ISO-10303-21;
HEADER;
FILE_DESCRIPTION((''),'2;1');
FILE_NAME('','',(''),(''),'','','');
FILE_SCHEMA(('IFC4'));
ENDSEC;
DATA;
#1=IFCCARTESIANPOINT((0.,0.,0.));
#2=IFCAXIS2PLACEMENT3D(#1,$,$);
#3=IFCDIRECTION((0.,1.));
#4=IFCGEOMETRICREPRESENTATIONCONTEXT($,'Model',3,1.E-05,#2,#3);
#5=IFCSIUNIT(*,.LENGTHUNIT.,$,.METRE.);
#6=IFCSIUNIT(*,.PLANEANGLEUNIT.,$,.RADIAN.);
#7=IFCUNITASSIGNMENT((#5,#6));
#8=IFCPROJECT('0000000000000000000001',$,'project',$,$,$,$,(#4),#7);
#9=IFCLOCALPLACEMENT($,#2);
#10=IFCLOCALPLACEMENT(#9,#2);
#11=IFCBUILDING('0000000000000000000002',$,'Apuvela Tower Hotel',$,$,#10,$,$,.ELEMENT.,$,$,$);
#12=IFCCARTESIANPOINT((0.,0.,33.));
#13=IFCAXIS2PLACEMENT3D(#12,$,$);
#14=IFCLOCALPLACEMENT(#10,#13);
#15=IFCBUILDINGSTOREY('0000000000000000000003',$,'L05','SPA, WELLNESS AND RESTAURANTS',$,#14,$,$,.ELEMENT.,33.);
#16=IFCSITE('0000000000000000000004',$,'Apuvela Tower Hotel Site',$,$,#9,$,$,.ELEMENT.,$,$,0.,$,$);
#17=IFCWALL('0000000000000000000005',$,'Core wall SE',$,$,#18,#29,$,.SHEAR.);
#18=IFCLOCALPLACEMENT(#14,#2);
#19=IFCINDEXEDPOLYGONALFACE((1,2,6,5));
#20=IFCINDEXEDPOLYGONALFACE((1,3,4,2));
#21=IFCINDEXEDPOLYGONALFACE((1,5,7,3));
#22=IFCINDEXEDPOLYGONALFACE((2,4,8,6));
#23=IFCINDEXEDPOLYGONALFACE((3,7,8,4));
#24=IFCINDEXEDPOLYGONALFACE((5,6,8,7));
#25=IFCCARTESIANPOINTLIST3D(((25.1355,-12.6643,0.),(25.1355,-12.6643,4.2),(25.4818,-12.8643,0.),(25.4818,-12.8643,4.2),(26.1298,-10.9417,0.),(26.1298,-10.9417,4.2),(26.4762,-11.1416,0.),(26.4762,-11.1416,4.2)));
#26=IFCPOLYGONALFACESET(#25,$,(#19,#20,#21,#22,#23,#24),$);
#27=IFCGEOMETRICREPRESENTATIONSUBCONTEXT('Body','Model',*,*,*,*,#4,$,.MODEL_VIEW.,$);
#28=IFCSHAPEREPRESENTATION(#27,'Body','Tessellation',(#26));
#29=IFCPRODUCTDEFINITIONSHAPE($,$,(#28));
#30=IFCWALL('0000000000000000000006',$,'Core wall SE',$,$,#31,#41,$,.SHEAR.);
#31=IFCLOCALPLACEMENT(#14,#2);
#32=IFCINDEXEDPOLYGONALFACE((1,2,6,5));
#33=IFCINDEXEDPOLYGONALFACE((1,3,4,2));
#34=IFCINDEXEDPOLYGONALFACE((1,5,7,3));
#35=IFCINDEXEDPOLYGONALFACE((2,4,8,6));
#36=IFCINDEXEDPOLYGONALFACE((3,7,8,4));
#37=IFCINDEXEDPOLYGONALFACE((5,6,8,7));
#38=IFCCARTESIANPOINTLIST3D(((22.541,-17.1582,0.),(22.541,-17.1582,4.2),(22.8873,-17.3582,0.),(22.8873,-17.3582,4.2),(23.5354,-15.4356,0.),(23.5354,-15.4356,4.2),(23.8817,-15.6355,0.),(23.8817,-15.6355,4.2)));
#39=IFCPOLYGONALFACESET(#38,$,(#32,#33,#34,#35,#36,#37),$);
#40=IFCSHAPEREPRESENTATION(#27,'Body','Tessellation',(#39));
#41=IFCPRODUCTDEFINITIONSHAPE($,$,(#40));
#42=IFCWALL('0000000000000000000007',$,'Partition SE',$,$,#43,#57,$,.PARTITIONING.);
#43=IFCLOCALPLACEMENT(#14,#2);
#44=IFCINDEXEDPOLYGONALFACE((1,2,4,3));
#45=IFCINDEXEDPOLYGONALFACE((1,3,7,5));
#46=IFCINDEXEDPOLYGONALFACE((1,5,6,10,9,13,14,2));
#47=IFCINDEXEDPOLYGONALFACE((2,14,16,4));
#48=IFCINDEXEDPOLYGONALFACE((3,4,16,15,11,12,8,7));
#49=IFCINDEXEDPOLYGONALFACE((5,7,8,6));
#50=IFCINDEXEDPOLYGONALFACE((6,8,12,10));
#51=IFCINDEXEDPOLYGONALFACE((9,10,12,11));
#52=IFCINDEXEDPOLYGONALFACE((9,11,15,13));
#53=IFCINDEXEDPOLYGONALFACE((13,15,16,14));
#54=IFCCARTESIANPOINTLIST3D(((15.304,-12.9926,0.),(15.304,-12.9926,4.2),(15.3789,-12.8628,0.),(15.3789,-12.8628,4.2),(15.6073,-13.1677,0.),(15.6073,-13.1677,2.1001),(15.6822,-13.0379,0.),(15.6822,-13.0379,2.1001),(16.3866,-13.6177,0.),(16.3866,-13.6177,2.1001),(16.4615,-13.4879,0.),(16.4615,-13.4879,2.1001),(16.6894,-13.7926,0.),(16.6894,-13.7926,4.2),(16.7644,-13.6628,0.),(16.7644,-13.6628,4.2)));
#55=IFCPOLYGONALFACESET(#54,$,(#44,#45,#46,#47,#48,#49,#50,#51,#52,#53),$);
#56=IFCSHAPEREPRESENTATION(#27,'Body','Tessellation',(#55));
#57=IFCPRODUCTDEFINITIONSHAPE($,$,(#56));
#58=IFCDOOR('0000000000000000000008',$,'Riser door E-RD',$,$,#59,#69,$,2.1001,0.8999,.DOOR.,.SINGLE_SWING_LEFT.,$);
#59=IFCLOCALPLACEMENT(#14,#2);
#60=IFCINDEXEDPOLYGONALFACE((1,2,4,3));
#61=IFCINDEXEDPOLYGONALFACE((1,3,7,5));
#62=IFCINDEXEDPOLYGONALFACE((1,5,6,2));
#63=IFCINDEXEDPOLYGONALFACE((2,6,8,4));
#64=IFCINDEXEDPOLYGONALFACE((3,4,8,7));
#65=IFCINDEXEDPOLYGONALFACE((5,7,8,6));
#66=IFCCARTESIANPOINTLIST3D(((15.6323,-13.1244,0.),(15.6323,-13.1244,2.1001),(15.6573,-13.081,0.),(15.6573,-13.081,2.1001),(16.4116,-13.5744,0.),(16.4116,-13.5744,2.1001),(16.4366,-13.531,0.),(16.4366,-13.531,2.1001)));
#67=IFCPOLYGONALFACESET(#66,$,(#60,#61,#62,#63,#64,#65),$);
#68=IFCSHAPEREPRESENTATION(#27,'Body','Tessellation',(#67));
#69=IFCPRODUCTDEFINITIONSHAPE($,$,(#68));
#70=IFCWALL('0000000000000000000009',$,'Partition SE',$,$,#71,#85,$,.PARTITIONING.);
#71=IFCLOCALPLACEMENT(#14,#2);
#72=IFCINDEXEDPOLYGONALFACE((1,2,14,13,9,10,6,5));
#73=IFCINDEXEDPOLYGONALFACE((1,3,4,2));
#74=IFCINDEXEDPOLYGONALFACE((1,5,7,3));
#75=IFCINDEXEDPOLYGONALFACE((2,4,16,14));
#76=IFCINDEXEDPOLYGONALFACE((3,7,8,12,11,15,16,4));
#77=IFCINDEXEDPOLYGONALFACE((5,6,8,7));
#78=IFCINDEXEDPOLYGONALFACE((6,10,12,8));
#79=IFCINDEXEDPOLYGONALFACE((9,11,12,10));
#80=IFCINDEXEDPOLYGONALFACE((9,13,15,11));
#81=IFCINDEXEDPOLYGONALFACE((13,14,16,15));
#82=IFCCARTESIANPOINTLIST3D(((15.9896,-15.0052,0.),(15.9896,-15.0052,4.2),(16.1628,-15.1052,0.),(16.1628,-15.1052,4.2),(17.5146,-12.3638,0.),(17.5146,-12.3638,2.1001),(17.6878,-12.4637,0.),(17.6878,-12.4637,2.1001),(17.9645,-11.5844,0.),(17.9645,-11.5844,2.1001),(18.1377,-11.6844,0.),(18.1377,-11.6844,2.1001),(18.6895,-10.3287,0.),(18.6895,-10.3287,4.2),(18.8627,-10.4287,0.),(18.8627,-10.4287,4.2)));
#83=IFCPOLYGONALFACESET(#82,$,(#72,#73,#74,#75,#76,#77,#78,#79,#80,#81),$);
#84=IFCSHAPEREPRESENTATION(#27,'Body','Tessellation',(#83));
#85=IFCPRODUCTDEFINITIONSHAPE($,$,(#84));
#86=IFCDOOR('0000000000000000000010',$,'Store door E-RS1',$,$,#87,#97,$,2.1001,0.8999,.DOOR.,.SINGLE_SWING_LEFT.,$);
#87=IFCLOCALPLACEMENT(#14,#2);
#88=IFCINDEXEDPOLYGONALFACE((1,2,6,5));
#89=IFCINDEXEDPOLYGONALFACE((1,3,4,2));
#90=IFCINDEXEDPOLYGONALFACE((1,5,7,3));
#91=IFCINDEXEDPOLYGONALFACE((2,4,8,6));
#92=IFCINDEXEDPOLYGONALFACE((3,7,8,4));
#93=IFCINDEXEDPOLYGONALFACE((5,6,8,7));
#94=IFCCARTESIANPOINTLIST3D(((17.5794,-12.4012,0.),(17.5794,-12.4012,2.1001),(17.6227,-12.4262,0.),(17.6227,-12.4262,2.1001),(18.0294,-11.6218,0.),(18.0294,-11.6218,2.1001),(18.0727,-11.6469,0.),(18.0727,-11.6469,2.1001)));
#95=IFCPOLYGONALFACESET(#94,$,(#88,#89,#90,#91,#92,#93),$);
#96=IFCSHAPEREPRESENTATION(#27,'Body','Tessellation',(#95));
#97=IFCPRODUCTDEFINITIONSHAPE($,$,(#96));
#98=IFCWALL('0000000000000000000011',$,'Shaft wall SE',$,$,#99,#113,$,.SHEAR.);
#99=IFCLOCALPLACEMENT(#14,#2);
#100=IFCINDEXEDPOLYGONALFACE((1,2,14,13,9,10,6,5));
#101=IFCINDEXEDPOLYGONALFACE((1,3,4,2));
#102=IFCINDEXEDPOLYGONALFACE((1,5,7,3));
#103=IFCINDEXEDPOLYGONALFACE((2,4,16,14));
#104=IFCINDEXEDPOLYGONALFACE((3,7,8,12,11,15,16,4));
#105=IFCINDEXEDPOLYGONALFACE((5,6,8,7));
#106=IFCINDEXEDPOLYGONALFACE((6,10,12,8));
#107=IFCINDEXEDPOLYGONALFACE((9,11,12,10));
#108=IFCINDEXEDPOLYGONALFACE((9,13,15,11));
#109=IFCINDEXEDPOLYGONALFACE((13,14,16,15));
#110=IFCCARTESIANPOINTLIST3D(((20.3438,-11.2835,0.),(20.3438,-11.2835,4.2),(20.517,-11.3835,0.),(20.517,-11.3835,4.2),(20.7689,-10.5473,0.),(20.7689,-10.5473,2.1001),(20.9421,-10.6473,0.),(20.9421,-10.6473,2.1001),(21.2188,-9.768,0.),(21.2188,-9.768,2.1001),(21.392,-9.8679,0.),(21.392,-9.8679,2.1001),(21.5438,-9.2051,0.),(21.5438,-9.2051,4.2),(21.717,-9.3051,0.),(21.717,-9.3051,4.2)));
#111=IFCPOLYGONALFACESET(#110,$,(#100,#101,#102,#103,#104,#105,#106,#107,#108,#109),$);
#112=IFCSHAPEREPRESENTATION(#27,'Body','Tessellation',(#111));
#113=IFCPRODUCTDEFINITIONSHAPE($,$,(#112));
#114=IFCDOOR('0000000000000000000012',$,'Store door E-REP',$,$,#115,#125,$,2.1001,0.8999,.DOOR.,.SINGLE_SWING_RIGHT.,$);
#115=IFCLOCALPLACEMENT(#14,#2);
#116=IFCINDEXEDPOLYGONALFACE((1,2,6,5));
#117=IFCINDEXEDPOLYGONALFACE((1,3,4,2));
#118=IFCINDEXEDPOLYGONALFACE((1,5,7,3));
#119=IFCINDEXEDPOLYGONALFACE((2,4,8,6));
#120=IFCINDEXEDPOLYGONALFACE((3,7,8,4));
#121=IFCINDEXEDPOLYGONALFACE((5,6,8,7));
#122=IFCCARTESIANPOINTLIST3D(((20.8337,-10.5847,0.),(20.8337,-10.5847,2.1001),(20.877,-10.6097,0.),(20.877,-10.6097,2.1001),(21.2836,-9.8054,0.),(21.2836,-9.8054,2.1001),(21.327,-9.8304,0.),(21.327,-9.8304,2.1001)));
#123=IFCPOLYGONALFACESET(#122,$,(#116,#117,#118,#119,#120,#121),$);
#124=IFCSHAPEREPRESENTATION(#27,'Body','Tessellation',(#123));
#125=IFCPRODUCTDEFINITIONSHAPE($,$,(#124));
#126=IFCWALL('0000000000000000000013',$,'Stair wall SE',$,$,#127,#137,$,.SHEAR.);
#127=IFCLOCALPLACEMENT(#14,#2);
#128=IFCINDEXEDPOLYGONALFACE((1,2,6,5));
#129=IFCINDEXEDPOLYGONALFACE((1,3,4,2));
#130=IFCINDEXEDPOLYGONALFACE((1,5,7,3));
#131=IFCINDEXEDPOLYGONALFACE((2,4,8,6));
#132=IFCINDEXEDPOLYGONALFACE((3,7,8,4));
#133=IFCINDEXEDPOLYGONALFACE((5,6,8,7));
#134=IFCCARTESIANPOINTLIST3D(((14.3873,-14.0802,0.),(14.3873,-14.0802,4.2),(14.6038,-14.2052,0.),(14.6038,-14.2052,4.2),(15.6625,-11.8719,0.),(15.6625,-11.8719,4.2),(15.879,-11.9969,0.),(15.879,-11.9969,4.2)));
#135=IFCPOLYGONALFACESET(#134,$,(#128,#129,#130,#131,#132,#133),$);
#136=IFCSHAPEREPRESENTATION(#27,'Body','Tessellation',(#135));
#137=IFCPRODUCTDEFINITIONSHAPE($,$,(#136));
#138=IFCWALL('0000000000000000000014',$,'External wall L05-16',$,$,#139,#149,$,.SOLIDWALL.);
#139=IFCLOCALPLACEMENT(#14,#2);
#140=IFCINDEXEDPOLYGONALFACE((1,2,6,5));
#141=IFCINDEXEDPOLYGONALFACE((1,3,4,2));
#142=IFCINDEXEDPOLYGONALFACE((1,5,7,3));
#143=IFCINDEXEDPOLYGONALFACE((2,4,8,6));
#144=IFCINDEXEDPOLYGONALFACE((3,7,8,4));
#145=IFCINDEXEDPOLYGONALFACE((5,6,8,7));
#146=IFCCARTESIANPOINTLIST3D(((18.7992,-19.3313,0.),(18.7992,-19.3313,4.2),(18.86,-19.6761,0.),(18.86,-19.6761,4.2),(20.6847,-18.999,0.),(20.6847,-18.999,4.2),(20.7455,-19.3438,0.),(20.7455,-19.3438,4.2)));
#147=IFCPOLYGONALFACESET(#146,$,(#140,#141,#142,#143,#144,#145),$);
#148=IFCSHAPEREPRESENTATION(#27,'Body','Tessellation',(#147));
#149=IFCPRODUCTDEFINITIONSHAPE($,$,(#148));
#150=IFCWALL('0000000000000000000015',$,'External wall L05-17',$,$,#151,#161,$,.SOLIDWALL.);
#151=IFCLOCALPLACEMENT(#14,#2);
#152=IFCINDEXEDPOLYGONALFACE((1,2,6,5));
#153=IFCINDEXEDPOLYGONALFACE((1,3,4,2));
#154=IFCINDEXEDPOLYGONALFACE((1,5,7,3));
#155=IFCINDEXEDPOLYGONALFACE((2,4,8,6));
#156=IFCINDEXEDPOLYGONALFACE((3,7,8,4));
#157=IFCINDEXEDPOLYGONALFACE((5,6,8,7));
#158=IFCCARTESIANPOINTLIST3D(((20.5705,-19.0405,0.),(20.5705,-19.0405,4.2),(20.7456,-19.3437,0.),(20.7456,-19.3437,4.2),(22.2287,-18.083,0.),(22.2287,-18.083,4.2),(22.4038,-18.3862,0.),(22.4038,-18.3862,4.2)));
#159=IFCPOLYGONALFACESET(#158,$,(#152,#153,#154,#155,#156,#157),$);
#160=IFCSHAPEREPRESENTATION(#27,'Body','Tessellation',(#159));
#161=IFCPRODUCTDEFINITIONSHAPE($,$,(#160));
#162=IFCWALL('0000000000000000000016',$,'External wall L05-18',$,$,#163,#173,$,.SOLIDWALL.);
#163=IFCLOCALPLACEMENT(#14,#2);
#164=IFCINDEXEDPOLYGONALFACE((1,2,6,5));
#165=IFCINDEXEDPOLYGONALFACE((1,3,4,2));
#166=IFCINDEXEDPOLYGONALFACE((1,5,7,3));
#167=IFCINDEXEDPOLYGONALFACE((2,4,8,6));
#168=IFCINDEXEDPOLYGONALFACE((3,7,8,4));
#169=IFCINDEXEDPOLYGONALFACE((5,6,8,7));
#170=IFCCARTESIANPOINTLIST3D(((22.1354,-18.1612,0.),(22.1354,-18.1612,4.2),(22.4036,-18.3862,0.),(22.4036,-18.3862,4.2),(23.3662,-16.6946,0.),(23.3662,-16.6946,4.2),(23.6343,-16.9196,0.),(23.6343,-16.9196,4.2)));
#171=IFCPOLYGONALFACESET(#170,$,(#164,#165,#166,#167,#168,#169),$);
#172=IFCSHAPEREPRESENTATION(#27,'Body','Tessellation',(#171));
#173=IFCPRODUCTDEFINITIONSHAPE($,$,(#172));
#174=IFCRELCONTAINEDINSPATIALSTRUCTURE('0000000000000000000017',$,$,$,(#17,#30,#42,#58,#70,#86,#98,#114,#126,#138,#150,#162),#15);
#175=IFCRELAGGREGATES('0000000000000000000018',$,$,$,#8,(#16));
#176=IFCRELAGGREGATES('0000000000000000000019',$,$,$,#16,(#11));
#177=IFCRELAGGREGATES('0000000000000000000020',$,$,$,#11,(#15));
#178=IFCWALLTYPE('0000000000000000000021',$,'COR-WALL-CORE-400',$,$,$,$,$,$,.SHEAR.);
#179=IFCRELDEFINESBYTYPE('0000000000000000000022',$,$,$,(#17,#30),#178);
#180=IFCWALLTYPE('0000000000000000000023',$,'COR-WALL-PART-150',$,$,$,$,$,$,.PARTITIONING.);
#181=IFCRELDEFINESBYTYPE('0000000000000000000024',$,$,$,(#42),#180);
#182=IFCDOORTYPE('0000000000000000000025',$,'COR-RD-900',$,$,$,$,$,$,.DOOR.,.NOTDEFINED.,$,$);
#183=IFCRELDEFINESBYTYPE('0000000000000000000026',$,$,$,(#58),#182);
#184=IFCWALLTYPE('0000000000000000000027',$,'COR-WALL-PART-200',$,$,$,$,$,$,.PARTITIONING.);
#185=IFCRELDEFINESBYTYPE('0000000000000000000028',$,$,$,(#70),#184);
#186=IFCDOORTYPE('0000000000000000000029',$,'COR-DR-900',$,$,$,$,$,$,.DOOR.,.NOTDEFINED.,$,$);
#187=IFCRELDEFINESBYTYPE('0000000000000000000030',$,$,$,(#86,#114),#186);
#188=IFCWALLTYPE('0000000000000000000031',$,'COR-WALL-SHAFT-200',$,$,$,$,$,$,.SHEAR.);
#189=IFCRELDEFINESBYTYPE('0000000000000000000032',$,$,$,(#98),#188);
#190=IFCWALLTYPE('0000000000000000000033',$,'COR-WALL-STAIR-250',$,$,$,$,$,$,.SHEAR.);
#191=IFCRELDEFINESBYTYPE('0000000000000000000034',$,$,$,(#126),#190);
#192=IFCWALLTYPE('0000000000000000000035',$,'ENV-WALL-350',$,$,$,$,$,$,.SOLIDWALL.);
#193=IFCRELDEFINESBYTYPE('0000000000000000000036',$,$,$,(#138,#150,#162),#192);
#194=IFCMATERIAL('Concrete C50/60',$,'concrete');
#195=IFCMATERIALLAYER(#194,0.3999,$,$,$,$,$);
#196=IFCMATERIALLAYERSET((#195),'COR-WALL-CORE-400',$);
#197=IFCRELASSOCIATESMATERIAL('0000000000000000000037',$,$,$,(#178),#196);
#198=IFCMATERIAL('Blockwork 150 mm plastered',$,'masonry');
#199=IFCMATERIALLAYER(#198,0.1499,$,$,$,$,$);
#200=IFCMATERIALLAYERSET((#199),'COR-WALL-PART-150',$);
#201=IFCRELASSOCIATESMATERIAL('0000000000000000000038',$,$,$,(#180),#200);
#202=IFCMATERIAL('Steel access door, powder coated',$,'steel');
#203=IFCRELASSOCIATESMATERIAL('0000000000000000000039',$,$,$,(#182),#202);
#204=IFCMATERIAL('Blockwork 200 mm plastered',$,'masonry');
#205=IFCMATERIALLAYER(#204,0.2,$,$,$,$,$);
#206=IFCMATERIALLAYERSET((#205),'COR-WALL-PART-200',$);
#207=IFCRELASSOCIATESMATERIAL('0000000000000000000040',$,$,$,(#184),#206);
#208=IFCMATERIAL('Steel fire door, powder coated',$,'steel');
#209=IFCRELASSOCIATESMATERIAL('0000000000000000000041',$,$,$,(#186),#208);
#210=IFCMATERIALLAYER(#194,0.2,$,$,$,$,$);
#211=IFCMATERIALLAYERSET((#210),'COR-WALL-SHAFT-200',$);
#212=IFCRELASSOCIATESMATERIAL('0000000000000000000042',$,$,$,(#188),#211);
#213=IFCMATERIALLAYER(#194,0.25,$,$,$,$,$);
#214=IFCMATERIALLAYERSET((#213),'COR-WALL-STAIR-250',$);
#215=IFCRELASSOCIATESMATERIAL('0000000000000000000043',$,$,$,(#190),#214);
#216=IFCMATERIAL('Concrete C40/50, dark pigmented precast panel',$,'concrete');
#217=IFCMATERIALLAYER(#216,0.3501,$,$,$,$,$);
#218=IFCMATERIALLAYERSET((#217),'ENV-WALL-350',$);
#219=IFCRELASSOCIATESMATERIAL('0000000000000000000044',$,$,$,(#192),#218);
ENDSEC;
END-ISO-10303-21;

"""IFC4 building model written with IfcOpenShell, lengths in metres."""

from ifc_helpers import new_model, si_unit, direction, frame, frame_2d, origin, place, context, subcontext, project, spatial, rectangle, extrude, material, layer, layer_set, type_object, element, fill, save


model = new_model("IFC4")

# Units and contexts
model_context = context("Model", 3, precision=1e-05, world=origin(), true_north=direction((0.0, 1.0)))
body_context = subcontext(model_context, "Body", "Model", "MODEL_VIEW")
ifc_project = project(units=[si_unit("LENGTHUNIT", "METRE"), si_unit("PLANEANGLEUNIT", "RADIAN")], contexts=[model_context])

# Site, building, storey
site_placement = place(None, origin())
site = spatial("IfcSite", under=ifc_project, at=site_placement, Name="Apuvela Tower Hotel Site", CompositionType="ELEMENT", RefElevation=0.0)
building_placement = place(site_placement, origin())
building = spatial("IfcBuilding", under=site, at=building_placement, Name="Apuvela Tower Hotel", CompositionType="ELEMENT")
storey_placement = place(building_placement, frame((0.0, 0.0, 33.0)))
storey = spatial("IfcBuildingStorey", under=building, at=storey_placement, Name="L05", Description="SPA, WELLNESS AND RESTAURANTS", CompositionType="ELEMENT", Elevation=33.0)

# Walls
ifc_material_1 = material(Name="Concrete C50/60", Category="concrete")
ifc_layer_1 = layer(ifc_material_1, 0.3999)
ifc_layer_set_1 = layer_set([ifc_layer_1], Name="COR-WALL-CORE-400")
wall_type_1 = type_object("IfcWallType", Name="COR-WALL-CORE-400", PredefinedType="SHEAR", material=ifc_layer_set_1)
for number, where, z_axis, x_axis, name in (
    (1, (25.3086, -12.7644, 0.0), (0.0, 0.0, 1.0), (0.499928, 0.866067, 0.0), "Core wall SE"),
    (2, (22.7141, -17.2583, 0.0), (0.0, 0.0, 1.0), (0.499928, 0.866067, 0.0), "Core wall SE"),
):
    element("IfcWall", number, at=place(storey_placement, frame(where, z_axis=z_axis, x_axis=x_axis)), inside=storey, type_object=wall_type_1, Name=name, PredefinedType="SHEAR", context=body_context, shape_type="SweptSolid", body=[
        extrude(rectangle(XDim=1.989, YDim=0.3999, at=frame_2d((0.9946, 0.0))), origin(), (0.0, 0.0, 1.0), 4.2),
    ])

# Walls, openings, doors
ifc_material_2 = material(Name="Blockwork 150 mm plastered", Category="masonry")
ifc_layer_2 = layer(ifc_material_2, 0.1499)
ifc_layer_set_2 = layer_set([ifc_layer_2], Name="COR-WALL-PART-150")
wall_type_2 = type_object("IfcWallType", Name="COR-WALL-PART-150", PredefinedType="PARTITIONING", material=ifc_layer_set_2)
wall_1_placement = place(storey_placement, frame((15.3416, -12.9277, 0.0), z_axis=(0.0, 0.0, 1.0), x_axis=(0.86599, -0.500061, 0.0)))
wall_1 = element("IfcWall", 3, at=wall_1_placement, inside=storey, type_object=wall_type_2, Name="Partition SE", PredefinedType="PARTITIONING", context=body_context, shape_type="SweptSolid", body=[
    extrude(rectangle(XDim=1.5999, YDim=0.1499, at=frame_2d((0.7998, 0.0))), origin(), (0.0, 0.0, 1.0), 4.2),
])
opening_1_placement = place(wall_1_placement, frame((0.3501, 0.0, 0.0)))
opening_1 = element("IfcOpeningElement", 4, at=opening_1_placement, cuts=wall_1, PredefinedType="OPENING", context=body_context, shape_type="SweptSolid", body=[
    extrude(rectangle(XDim=0.8999, YDim=2.1001, at=frame_2d((0.45, 1.05))), frame((0.0, 0.085, 0.0), z_axis=(0.0, -1.0, 0.0), x_axis=(1.0, 0.0, 0.0)), (0.0, 0.0, 1.0), 0.1699),
])
ifc_material_3 = material(Name="Steel access door, powder coated", Category="steel")
door_type_1 = type_object("IfcDoorType", Name="COR-RD-900", OperationType="NOTDEFINED", PredefinedType="DOOR", material=ifc_material_3)
door_1_placement = place(opening_1_placement, frame((0.8999, 0.0, 0.0), z_axis=(0.0, 0.0, 1.0), x_axis=(-1.0, 0.0, 0.0)))
door_1 = element("IfcDoor", 5, at=door_1_placement, inside=storey, type_object=door_type_1, Name="Riser door E-RD", OperationType="SINGLE_SWING_LEFT", OverallHeight=2.1001, OverallWidth=0.8999, PredefinedType="DOOR", context=body_context, shape_type="SweptSolid", body=[
    extrude(rectangle(XDim=0.8999, YDim=2.1001, at=frame_2d((0.45, 1.05))), frame((0.0, 0.0249, 0.0), z_axis=(0.0, -1.0, 0.0), x_axis=(1.0, 0.0, 0.0)), (0.0, 0.0, 1.0), 0.05),
])
fill(opening_1, door_1)
ifc_material_4 = material(Name="Blockwork 200 mm plastered", Category="masonry")
ifc_layer_3 = layer(ifc_material_4, 0.2)
ifc_layer_set_3 = layer_set([ifc_layer_3], Name="COR-WALL-PART-200")
wall_type_3 = type_object("IfcWallType", Name="COR-WALL-PART-200", PredefinedType="PARTITIONING", material=ifc_layer_set_3)
wall_2_placement = place(storey_placement, frame((16.0762, -15.0552, 0.0), z_axis=(0.0, 0.0, 1.0), x_axis=(0.499995, 0.866028, 0.0)))
wall_2 = element("IfcWall", 6, at=wall_2_placement, inside=storey, type_object=wall_type_3, Name="Partition SE", PredefinedType="PARTITIONING", context=body_context, shape_type="SweptSolid", body=[
    extrude(rectangle(XDim=5.3999, YDim=0.2, at=frame_2d((2.7, 0.0))), origin(), (0.0, 0.0, 1.0), 4.2),
])
opening_2_placement = place(wall_2_placement, frame((3.05, 0.0, 0.0)))
opening_2 = element("IfcOpeningElement", 7, at=opening_2_placement, cuts=wall_2, PredefinedType="OPENING", context=body_context, shape_type="SweptSolid", body=[
    extrude(rectangle(XDim=0.8999, YDim=2.1001, at=frame_2d((0.45, 1.05))), frame((0.0, 0.1099, 0.0), z_axis=(0.0, -1.0, 0.0), x_axis=(1.0, 0.0, 0.0)), (0.0, 0.0, 1.0), 0.22),
])
ifc_material_5 = material(Name="Steel fire door, powder coated", Category="steel")
door_type_2 = type_object("IfcDoorType", Name="COR-DR-900", OperationType="NOTDEFINED", PredefinedType="DOOR", material=ifc_material_5)
door_2_placement = place(opening_2_placement, frame((0.8999, 0.0, 0.0), z_axis=(0.0, 0.0, 1.0), x_axis=(-1.0, 0.0, 0.0)))
door_2 = element("IfcDoor", 8, at=door_2_placement, inside=storey, type_object=door_type_2, Name="Store door E-RS1", OperationType="SINGLE_SWING_LEFT", OverallHeight=2.1001, OverallWidth=0.8999, PredefinedType="DOOR", context=body_context, shape_type="SweptSolid", body=[
    extrude(rectangle(XDim=0.8999, YDim=2.1001, at=frame_2d((0.45, 1.05))), frame((0.0, 0.0249, 0.0), z_axis=(0.0, -1.0, 0.0), x_axis=(1.0, 0.0, 0.0)), (0.0, 0.0, 1.0), 0.05),
])
fill(opening_2, door_2)
ifc_layer_4 = layer(ifc_material_1, 0.2)
ifc_layer_set_4 = layer_set([ifc_layer_4], Name="COR-WALL-SHAFT-200")
wall_type_4 = type_object("IfcWallType", Name="COR-WALL-SHAFT-200", PredefinedType="SHEAR", material=ifc_layer_set_4)
wall_3_placement = place(storey_placement, frame((20.4304, -11.3335, 0.0), z_axis=(0.0, 0.0, 1.0), x_axis=(0.500001, 0.866025, 0.0)))
wall_3 = element("IfcWall", 9, at=wall_3_placement, inside=storey, type_object=wall_type_4, Name="Shaft wall SE", PredefinedType="SHEAR", context=body_context, shape_type="SweptSolid", body=[
    extrude(rectangle(XDim=2.3999, YDim=0.2, at=frame_2d((1.2, 0.0))), origin(), (0.0, 0.0, 1.0), 4.2),
])
opening_3_placement = place(wall_3_placement, frame((0.8501, 0.0, 0.0)))
opening_3 = element("IfcOpeningElement", 10, at=opening_3_placement, cuts=wall_3, PredefinedType="OPENING", context=body_context, shape_type="SweptSolid", body=[
    extrude(rectangle(XDim=0.8999, YDim=2.1001, at=frame_2d((0.45, 1.05))), frame((0.0, 0.1099, 0.0), z_axis=(0.0, -1.0, 0.0), x_axis=(1.0, 0.0, 0.0)), (0.0, 0.0, 1.0), 0.22),
])
door_3_placement = place(opening_3_placement, frame((0.8999, 0.0, 0.0), z_axis=(0.0, 0.0, 1.0), x_axis=(-1.0, 0.0, 0.0)))
door_3 = element("IfcDoor", 11, at=door_3_placement, inside=storey, type_object=door_type_2, Name="Store door E-REP", OperationType="SINGLE_SWING_RIGHT", OverallHeight=2.1001, OverallWidth=0.8999, PredefinedType="DOOR", context=body_context, shape_type="SweptSolid", body=[
    extrude(rectangle(XDim=0.8999, YDim=2.1001, at=frame_2d((0.45, 1.05))), frame((0.0, 0.0249, 0.0), z_axis=(0.0, -1.0, 0.0), x_axis=(1.0, 0.0, 0.0)), (0.0, 0.0, 1.0), 0.05),
])
fill(opening_3, door_3)

# Walls
ifc_layer_5 = layer(ifc_material_1, 0.25)
ifc_layer_set_5 = layer_set([ifc_layer_5], Name="COR-WALL-STAIR-250")
wall_type_5 = type_object("IfcWallType", Name="COR-WALL-STAIR-250", PredefinedType="SHEAR", material=ifc_layer_set_5)
wall_4_placement = place(storey_placement, frame((14.4956, -14.1426, 0.0), z_axis=(0.0, 0.0, 1.0), x_axis=(0.500062, 0.865989, 0.0)))
element("IfcWall", 12, at=wall_4_placement, inside=storey, type_object=wall_type_5, Name="Stair wall SE", PredefinedType="SHEAR", context=body_context, shape_type="SweptSolid", body=[
    extrude(rectangle(XDim=2.55, YDim=0.25, at=frame_2d((1.2749, 0.0))), origin(), (0.0, 0.0, 1.0), 4.2),
])
ifc_material_6 = material(Name="Concrete C40/50, dark pigmented precast panel", Category="concrete")
ifc_layer_6 = layer(ifc_material_6, 0.3501)
ifc_layer_set_6 = layer_set([ifc_layer_6], Name="ENV-WALL-350")
wall_type_6 = type_object("IfcWallType", Name="ENV-WALL-350", PredefinedType="SOLIDWALL", material=ifc_layer_set_6)
wall_5_placement = place(storey_placement, frame((18.8296, -19.5037, 0.0), z_axis=(0.0, 0.0, 1.0), x_axis=(0.984825, 0.173553, 0.0)))
element("IfcWall", 13, at=wall_5_placement, inside=storey, type_object=wall_type_6, Name="External wall L05-16", PredefinedType="SOLIDWALL", context=body_context, shape_type="SweptSolid", body=[
    extrude(rectangle(XDim=1.9146, YDim=0.3501, at=frame_2d((0.9573, 0.0))), origin(), (0.0, 0.0, 1.0), 4.2),
])
wall_6_placement = place(storey_placement, frame((20.658, -19.1921, 0.0), z_axis=(0.0, 0.0, 1.0), x_axis=(0.86599, 0.500061, 0.0)))
element("IfcWall", 14, at=wall_6_placement, inside=storey, type_object=wall_type_6, Name="External wall L05-17", PredefinedType="SOLIDWALL", context=body_context, shape_type="SweptSolid", body=[
    extrude(rectangle(XDim=1.9148, YDim=0.3501, at=frame_2d((0.9575, 0.0))), origin(), (0.0, 0.0, 1.0), 4.2),
])
wall_7_placement = place(storey_placement, frame((22.2695, -18.2737, 0.0), z_axis=(0.0, 0.0, 1.0), x_axis=(0.642827, 0.766011, 0.0)))
element("IfcWall", 15, at=wall_7_placement, inside=storey, type_object=wall_type_6, Name="External wall L05-18", PredefinedType="SOLIDWALL", context=body_context, shape_type="SweptSolid", body=[
    extrude(rectangle(XDim=1.9146, YDim=0.3501, at=frame_2d((0.9573, 0.0))), origin(), (0.0, 0.0, 1.0), 4.2),
])

save(model, "model.ifc")
